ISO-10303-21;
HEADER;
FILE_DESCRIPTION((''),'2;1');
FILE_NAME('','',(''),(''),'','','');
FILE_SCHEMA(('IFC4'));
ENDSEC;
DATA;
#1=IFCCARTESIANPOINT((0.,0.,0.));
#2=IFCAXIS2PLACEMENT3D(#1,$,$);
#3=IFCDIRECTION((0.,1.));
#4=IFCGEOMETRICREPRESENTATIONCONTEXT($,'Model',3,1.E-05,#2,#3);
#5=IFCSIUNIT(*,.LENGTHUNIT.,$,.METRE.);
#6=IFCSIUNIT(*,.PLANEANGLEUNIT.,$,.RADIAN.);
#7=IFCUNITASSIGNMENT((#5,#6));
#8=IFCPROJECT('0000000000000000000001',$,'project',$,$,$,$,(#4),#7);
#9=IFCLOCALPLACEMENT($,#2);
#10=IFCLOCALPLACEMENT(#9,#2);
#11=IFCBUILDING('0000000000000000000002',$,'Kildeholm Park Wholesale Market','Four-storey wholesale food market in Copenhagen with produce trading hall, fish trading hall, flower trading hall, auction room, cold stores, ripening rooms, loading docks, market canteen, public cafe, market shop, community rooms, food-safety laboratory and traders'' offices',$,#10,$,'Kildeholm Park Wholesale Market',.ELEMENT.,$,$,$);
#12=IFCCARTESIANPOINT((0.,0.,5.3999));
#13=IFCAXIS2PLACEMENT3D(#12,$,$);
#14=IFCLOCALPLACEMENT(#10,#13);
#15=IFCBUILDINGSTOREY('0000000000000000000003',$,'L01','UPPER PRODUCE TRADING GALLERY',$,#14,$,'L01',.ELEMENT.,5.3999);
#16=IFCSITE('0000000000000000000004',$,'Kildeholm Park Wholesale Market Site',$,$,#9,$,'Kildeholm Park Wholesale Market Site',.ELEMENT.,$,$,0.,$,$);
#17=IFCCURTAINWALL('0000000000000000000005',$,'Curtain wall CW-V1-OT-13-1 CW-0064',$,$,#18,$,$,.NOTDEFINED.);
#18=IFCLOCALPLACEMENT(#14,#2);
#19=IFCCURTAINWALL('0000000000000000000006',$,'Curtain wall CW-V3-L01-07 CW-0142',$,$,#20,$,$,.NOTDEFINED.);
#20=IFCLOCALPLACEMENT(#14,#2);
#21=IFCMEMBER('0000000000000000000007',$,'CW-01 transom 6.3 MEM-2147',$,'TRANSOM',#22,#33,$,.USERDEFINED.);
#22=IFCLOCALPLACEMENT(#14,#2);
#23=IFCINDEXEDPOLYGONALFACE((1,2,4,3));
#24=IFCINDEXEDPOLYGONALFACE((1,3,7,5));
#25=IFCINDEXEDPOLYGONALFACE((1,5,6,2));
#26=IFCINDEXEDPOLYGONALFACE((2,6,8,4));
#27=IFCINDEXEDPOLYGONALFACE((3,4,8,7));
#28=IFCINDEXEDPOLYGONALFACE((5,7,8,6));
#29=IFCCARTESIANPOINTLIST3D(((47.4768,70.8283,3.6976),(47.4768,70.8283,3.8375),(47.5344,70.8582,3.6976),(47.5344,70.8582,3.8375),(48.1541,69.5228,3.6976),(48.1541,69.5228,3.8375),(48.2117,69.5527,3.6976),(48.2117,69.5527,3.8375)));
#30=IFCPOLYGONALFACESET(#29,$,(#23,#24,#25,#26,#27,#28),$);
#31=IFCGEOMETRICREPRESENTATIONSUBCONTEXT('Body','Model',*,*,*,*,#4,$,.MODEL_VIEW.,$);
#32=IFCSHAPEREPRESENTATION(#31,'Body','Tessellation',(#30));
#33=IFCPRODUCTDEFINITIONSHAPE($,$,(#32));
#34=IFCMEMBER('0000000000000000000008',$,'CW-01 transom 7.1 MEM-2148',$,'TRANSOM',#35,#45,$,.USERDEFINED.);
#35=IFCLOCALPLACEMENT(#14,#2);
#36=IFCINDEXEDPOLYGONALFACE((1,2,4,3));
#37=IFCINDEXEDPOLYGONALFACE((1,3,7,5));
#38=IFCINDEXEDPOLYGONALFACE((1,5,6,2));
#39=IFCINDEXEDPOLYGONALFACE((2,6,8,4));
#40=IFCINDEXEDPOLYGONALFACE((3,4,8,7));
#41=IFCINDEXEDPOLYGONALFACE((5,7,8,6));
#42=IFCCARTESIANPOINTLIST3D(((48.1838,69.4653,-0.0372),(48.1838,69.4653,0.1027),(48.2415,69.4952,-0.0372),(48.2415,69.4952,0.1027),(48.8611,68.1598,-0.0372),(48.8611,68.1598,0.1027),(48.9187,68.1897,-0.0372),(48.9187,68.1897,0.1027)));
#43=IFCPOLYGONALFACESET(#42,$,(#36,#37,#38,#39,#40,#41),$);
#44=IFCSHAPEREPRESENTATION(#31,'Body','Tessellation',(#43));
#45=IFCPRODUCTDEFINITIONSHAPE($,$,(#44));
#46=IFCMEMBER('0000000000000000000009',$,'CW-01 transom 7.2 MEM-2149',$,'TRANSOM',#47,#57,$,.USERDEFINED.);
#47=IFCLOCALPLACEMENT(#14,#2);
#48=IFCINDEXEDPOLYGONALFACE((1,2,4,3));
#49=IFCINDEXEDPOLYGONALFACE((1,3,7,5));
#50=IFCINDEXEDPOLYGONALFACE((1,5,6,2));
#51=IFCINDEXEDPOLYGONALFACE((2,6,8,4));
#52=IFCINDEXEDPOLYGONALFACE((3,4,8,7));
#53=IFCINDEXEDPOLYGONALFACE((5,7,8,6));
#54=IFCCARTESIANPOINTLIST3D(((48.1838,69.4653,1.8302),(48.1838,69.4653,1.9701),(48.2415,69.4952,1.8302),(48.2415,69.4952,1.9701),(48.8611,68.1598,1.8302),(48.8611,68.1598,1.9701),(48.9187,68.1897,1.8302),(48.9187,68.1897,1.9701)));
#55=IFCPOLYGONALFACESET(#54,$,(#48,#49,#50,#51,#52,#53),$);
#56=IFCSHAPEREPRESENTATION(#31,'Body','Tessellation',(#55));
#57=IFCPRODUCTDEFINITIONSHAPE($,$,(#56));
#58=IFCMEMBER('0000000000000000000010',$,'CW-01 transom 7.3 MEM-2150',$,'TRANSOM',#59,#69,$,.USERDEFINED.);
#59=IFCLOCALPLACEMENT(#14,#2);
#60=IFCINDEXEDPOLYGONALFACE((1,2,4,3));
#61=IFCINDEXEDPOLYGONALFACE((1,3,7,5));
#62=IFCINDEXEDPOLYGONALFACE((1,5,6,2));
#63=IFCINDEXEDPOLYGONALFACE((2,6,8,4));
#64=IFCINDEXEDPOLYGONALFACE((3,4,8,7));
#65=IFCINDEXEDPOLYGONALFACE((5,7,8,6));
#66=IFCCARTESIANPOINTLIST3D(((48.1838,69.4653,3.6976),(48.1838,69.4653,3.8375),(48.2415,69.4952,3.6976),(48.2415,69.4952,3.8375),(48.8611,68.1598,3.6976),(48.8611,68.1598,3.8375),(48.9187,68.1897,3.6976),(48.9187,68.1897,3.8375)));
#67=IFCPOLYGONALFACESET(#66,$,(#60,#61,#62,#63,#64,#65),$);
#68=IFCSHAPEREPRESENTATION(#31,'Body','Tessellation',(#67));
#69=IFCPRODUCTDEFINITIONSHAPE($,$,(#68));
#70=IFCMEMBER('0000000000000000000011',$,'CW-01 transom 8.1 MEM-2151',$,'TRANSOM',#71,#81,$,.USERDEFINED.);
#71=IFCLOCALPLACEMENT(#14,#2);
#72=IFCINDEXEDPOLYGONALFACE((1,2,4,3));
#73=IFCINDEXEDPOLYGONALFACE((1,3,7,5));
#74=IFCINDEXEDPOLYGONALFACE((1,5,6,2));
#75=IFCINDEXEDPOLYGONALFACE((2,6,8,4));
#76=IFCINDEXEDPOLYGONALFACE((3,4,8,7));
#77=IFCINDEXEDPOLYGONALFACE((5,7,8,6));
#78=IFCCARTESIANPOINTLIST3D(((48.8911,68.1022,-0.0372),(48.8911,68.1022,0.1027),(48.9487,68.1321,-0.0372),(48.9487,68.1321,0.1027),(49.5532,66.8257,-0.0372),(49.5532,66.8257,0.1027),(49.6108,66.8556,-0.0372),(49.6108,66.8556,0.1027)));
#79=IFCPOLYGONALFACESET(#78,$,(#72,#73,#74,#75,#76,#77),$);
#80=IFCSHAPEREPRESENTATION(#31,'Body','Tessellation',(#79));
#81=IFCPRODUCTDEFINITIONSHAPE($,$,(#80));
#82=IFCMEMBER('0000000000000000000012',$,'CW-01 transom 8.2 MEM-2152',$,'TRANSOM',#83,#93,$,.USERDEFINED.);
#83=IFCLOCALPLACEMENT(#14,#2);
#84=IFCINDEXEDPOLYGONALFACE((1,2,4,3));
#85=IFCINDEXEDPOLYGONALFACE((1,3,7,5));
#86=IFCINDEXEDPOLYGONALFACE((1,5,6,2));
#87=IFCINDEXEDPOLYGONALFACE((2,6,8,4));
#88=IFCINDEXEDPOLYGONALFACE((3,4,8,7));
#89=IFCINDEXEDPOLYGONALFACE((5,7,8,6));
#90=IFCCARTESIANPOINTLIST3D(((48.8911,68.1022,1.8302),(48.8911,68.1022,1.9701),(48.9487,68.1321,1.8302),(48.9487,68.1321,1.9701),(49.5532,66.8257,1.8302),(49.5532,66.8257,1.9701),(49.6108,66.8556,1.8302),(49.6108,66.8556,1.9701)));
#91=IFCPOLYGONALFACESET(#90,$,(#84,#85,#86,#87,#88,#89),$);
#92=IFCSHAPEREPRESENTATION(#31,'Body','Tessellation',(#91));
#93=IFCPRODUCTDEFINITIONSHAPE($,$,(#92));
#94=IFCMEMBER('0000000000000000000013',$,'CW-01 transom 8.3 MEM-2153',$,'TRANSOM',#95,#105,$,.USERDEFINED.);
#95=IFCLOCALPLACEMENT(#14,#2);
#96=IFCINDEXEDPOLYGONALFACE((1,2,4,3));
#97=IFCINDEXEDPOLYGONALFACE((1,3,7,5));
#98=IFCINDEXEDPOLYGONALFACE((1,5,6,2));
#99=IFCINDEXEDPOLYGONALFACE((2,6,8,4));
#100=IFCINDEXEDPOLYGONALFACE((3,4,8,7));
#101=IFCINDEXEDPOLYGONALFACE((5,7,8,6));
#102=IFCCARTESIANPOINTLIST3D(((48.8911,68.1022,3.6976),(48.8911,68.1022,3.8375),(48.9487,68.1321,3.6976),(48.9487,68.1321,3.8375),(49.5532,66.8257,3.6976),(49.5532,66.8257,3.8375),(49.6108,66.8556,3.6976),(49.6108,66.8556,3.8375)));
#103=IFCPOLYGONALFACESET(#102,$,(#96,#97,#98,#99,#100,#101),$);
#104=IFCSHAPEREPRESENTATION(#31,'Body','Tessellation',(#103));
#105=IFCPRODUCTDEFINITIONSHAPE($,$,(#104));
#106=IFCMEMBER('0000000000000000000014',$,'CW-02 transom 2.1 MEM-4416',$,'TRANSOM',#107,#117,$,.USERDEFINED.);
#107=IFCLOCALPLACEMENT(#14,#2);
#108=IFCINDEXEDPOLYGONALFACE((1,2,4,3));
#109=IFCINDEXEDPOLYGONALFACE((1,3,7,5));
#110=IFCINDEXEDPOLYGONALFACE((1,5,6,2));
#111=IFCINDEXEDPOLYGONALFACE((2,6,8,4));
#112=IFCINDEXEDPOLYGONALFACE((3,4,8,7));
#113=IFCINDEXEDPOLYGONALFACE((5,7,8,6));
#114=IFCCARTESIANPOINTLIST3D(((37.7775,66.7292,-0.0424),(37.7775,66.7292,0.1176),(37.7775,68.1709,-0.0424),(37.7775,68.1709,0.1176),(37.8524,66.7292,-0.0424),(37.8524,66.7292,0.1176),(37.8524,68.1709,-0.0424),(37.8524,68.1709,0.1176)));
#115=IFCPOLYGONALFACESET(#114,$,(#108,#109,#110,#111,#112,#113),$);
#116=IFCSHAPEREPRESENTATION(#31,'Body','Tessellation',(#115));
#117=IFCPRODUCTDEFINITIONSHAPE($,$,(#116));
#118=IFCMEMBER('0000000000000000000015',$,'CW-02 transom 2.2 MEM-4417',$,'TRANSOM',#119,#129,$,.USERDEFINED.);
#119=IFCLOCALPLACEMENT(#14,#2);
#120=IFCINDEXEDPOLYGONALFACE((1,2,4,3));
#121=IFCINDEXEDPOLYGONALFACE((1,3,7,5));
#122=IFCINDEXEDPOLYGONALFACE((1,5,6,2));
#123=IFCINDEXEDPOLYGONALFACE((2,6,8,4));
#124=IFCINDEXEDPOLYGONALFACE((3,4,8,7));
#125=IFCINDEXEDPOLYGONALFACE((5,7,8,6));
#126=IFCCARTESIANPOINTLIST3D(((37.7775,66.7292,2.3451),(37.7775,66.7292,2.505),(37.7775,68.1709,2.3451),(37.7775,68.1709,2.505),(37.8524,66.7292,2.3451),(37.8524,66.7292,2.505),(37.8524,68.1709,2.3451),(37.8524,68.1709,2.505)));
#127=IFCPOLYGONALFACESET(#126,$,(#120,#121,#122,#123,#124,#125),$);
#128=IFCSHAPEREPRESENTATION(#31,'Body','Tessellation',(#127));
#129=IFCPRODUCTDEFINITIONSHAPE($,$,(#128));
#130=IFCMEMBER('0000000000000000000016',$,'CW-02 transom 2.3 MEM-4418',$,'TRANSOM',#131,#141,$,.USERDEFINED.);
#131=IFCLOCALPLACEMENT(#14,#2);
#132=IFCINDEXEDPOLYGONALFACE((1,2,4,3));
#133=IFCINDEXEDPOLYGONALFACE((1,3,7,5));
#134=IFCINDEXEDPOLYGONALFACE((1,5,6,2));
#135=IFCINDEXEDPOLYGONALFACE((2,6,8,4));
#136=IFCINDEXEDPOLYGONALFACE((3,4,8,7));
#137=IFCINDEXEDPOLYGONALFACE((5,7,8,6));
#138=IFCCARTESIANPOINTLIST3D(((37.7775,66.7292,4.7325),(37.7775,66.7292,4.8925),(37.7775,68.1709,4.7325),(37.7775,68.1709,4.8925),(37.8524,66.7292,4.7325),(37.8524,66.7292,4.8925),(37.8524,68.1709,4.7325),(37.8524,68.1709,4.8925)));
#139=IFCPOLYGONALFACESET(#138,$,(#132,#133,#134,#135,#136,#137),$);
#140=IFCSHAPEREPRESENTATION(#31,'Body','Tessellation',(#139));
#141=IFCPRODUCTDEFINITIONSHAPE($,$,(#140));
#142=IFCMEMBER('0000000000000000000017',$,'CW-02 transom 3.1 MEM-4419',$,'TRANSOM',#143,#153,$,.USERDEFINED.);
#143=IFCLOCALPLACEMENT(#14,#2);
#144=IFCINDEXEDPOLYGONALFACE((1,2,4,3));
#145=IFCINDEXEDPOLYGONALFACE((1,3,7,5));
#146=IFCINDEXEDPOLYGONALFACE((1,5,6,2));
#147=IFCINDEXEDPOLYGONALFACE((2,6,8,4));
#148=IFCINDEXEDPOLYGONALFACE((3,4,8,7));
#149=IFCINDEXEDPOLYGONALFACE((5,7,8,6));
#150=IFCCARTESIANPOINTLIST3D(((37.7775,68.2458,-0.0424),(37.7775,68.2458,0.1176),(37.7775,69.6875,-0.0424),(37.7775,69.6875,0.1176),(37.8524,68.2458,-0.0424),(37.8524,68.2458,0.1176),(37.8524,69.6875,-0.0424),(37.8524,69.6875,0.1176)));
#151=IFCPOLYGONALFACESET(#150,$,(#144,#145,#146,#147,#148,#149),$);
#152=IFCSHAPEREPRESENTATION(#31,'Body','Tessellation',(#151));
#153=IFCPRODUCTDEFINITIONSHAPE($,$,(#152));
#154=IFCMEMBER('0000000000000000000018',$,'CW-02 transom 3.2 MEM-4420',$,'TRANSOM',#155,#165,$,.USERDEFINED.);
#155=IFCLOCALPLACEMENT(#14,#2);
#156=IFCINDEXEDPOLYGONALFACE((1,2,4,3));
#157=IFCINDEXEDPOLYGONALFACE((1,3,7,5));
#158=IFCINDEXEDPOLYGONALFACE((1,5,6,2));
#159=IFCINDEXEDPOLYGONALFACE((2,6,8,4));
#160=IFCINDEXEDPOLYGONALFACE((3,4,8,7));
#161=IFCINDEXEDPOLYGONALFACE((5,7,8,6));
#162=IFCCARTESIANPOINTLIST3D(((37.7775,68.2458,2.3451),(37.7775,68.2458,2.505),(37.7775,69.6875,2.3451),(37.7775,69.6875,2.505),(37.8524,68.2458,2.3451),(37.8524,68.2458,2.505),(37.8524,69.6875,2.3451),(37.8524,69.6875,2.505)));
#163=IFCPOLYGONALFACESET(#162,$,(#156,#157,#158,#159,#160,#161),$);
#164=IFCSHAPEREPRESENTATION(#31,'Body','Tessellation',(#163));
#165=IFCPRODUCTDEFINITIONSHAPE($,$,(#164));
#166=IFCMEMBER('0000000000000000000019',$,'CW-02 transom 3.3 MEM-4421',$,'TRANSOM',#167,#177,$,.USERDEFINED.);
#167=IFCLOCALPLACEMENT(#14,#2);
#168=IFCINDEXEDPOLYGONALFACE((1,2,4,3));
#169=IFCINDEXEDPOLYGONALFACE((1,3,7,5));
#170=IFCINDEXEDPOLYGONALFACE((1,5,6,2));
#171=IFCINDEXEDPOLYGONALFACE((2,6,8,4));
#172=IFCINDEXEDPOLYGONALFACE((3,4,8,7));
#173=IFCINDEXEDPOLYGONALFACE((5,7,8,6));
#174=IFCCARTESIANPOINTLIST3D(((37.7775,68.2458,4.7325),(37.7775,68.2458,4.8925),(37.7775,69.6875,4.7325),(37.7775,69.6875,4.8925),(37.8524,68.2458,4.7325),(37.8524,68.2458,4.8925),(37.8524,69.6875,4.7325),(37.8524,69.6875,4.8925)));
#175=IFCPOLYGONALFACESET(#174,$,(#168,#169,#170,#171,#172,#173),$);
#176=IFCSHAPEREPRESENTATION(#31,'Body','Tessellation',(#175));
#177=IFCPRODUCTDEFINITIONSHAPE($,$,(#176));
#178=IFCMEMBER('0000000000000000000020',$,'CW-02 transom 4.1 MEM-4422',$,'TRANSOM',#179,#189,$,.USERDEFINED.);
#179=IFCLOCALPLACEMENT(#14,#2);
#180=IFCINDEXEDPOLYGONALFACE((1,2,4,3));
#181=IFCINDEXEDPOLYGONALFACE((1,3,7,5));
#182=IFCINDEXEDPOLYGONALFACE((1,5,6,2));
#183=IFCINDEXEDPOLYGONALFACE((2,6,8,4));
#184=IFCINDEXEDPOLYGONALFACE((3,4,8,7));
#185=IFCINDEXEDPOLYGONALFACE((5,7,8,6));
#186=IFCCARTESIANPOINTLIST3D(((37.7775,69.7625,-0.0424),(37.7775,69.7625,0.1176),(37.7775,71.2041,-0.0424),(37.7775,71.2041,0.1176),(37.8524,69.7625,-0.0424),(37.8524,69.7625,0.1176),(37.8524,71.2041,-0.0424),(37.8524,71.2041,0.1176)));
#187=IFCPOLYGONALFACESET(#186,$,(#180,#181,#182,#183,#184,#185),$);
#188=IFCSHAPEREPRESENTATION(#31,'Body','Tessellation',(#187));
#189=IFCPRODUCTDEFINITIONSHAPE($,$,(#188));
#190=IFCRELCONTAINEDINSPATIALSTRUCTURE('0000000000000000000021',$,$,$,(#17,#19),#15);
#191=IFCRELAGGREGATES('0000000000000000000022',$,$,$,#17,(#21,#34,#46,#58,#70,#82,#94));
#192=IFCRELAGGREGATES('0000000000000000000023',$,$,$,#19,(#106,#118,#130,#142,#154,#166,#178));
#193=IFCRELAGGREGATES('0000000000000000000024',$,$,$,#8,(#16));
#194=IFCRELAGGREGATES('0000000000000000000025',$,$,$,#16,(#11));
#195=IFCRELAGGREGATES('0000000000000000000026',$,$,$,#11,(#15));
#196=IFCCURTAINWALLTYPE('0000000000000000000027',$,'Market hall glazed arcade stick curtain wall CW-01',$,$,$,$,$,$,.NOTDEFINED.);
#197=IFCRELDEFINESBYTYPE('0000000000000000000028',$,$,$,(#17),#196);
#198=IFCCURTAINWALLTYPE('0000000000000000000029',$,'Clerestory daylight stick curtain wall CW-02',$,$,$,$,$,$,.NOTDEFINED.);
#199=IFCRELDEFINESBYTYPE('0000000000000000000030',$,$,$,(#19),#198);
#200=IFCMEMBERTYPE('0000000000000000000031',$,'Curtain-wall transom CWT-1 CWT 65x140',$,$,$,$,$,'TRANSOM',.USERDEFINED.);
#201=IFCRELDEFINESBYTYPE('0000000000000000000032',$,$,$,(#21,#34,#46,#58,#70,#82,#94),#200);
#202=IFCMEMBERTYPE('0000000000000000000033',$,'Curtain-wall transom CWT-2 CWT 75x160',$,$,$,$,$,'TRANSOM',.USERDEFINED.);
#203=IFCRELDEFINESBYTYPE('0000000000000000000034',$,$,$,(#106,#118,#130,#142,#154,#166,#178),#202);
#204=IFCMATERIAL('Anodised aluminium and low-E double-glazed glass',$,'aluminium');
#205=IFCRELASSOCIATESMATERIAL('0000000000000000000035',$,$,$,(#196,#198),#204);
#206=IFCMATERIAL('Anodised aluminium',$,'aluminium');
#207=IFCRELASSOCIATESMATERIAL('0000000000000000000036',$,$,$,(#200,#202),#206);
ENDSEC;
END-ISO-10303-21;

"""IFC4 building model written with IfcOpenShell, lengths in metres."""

from ifc_helpers import new_model, si_unit, direction, frame, origin, origin_2d, place, context, subcontext, project, spatial, rectangle, extrude, material, material_profile, profile_set, type_object, element, aggregate, save


model = new_model("IFC4")

# Units and contexts
model_context = context("Model", 3, precision=1e-05, world=origin(), true_north=direction((0.0, 1.0)))
body_context = subcontext(model_context, "Body", "Model", "MODEL_VIEW")
ifc_project = project(units=[si_unit("LENGTHUNIT", "METRE"), si_unit("PLANEANGLEUNIT", "RADIAN")], contexts=[model_context])

# Site, building, storey
site_placement = place(None, origin())
site = spatial("IfcSite", under=ifc_project, at=site_placement, Name="Kildeholm Park Wholesale Market Site", LongName="Kildeholm Park Wholesale Market Site", CompositionType="ELEMENT", RefElevation=0.0)
building_placement = place(site_placement, origin())
building = spatial("IfcBuilding", under=site, at=building_placement, Name="Kildeholm Park Wholesale Market", Description="Four-storey wholesale food market in Copenhagen with produce trading hall, fish trading hall, flower trading hall, auction room, cold stores, ripening rooms, loading docks, market canteen, public cafe, market shop, community rooms, food-safety laboratory and traders' offices", LongName="Kildeholm Park Wholesale Market", CompositionType="ELEMENT")
storey_placement = place(building_placement, frame((0.0, 0.0, 5.3999)))
storey = spatial("IfcBuildingStorey", under=building, at=storey_placement, Name="L01", Description="UPPER PRODUCE TRADING GALLERY", LongName="L01", CompositionType="ELEMENT", Elevation=5.3999)

# Curtain walls
ifc_material_1 = material(Name="Anodised aluminium and low-E double-glazed glass", Category="aluminium")
curtain_wall_type_1 = type_object("IfcCurtainWallType", Name="Market hall glazed arcade stick curtain wall CW-01", PredefinedType="NOTDEFINED", material=ifc_material_1)
curtain_wall_1_placement = place(storey_placement, origin())
curtain_wall_1 = element("IfcCurtainWall", 1, at=curtain_wall_1_placement, inside=storey, type_object=curtain_wall_type_1, Name="Curtain wall CW-V1-OT-13-1 CW-0064", PredefinedType="NOTDEFINED")
ifc_material_2 = material(Name="Anodised aluminium", Category="aluminium")
curtain_wall_type_2 = type_object("IfcCurtainWallType", Name="Clerestory daylight stick curtain wall CW-02", PredefinedType="NOTDEFINED", material=ifc_material_1)
curtain_wall_2_placement = place(storey_placement, origin())
curtain_wall_2 = element("IfcCurtainWall", 2, at=curtain_wall_2_placement, inside=storey, type_object=curtain_wall_type_2, Name="Curtain wall CW-V3-L01-07 CW-0142", PredefinedType="NOTDEFINED")

# Members
ifc_material_profile_1 = material_profile(ifc_material_2, rectangle(XDim=0.0649, YDim=0.1399, at=origin_2d()), Name="CWT 65x140")
ifc_profile_set_1 = profile_set([ifc_material_profile_1], Name="Anodised aluminium")
member_type_1 = type_object("IfcMemberType", Name="Curtain-wall transom CWT-1 CWT 65x140", ElementType="TRANSOM", PredefinedType="USERDEFINED", material=ifc_profile_set_1)
member_1_placement = place(storey_placement, frame((47.5056, 70.8433, 3.7676), z_axis=(0.460511, -0.887654, 0.0), x_axis=(0.887654, 0.460511, 0.0)))
member_1 = element("IfcMember", 3, at=member_1_placement, type_object=member_type_1, Name="CW-01 transom 6.3 MEM-2147", ObjectType="TRANSOM", PredefinedType="USERDEFINED", context=body_context, shape_type="SweptSolid", body=[
    extrude(rectangle(XDim=0.0649, YDim=0.1399, at=origin_2d()), origin(), (0.0, 0.0, 1.0), 1.4707),
])
member_2_placement = place(storey_placement, frame((48.2126, 69.4802, 0.0327), z_axis=(0.460511, -0.887654, 0.0), x_axis=(0.887654, 0.460511, 0.0)))
member_2 = element("IfcMember", 4, at=member_2_placement, type_object=member_type_1, Name="CW-01 transom 7.1 MEM-2148", ObjectType="TRANSOM", PredefinedType="USERDEFINED", context=body_context, shape_type="SweptSolid", body=[
    extrude(rectangle(XDim=0.0649, YDim=0.1399, at=origin_2d()), origin(), (0.0, 0.0, 1.0), 1.4707),
])
member_3_placement = place(storey_placement, frame((48.2126, 69.4802, 1.9001), z_axis=(0.460511, -0.887654, 0.0), x_axis=(0.887654, 0.460511, 0.0)))
member_3 = element("IfcMember", 5, at=member_3_placement, type_object=member_type_1, Name="CW-01 transom 7.2 MEM-2149", ObjectType="TRANSOM", PredefinedType="USERDEFINED", context=body_context, shape_type="SweptSolid", body=[
    extrude(rectangle(XDim=0.0649, YDim=0.1399, at=origin_2d()), origin(), (0.0, 0.0, 1.0), 1.4707),
])
member_4_placement = place(storey_placement, frame((48.2126, 69.4802, 3.7676), z_axis=(0.460511, -0.887654, 0.0), x_axis=(0.887654, 0.460511, 0.0)))
member_4 = element("IfcMember", 6, at=member_4_placement, type_object=member_type_1, Name="CW-01 transom 7.3 MEM-2150", ObjectType="TRANSOM", PredefinedType="USERDEFINED", context=body_context, shape_type="SweptSolid", body=[
    extrude(rectangle(XDim=0.0649, YDim=0.1399, at=origin_2d()), origin(), (0.0, 0.0, 1.0), 1.4707),
])
member_5_placement = place(storey_placement, frame((48.9199, 68.1172, 0.0327), z_axis=(0.460406, -0.887708, 0.0), x_axis=(0.887708, 0.460406, 0.0)))
member_5 = element("IfcMember", 7, at=member_5_placement, type_object=member_type_1, Name="CW-01 transom 8.1 MEM-2151", ObjectType="TRANSOM", PredefinedType="USERDEFINED", context=body_context, shape_type="SweptSolid", body=[
    extrude(rectangle(XDim=0.0649, YDim=0.1399, at=origin_2d()), origin(), (0.0, 0.0, 1.0), 1.438),
])
member_6_placement = place(storey_placement, frame((48.9199, 68.1172, 1.9001), z_axis=(0.460406, -0.887708, 0.0), x_axis=(0.887708, 0.460406, 0.0)))
member_6 = element("IfcMember", 8, at=member_6_placement, type_object=member_type_1, Name="CW-01 transom 8.2 MEM-2152", ObjectType="TRANSOM", PredefinedType="USERDEFINED", context=body_context, shape_type="SweptSolid", body=[
    extrude(rectangle(XDim=0.0649, YDim=0.1399, at=origin_2d()), origin(), (0.0, 0.0, 1.0), 1.438),
])
member_7_placement = place(storey_placement, frame((48.9199, 68.1172, 3.7676), z_axis=(0.460406, -0.887708, 0.0), x_axis=(0.887708, 0.460406, 0.0)))
member_7 = element("IfcMember", 9, at=member_7_placement, type_object=member_type_1, Name="CW-01 transom 8.3 MEM-2153", ObjectType="TRANSOM", PredefinedType="USERDEFINED", context=body_context, shape_type="SweptSolid", body=[
    extrude(rectangle(XDim=0.0649, YDim=0.1399, at=origin_2d()), origin(), (0.0, 0.0, 1.0), 1.438),
])
ifc_material_profile_2 = material_profile(ifc_material_2, rectangle(XDim=0.075, YDim=0.1599, at=origin_2d()), Name="CWT 75x160")
ifc_profile_set_2 = profile_set([ifc_material_profile_2], Name="Anodised aluminium")
member_type_2 = type_object("IfcMemberType", Name="Curtain-wall transom CWT-2 CWT 75x160", ElementType="TRANSOM", PredefinedType="USERDEFINED", material=ifc_profile_set_2)
member_8_placement = place(storey_placement, frame((37.8149, 66.7292, 0.0376), z_axis=(0.0, 1.0, 0.0), x_axis=(-1.0, 0.0, 0.0)))
member_8 = element("IfcMember", 10, at=member_8_placement, type_object=member_type_2, Name="CW-02 transom 2.1 MEM-4416", ObjectType="TRANSOM", PredefinedType="USERDEFINED", context=body_context, shape_type="SweptSolid", body=[
    extrude(rectangle(XDim=0.075, YDim=0.1599, at=origin_2d()), origin(), (0.0, 0.0, 1.0), 1.4417),
])
member_9_placement = place(storey_placement, frame((37.8149, 66.7292, 2.425), z_axis=(0.0, 1.0, 0.0), x_axis=(-1.0, 0.0, 0.0)))
member_9 = element("IfcMember", 11, at=member_9_placement, type_object=member_type_2, Name="CW-02 transom 2.2 MEM-4417", ObjectType="TRANSOM", PredefinedType="USERDEFINED", context=body_context, shape_type="SweptSolid", body=[
    extrude(rectangle(XDim=0.075, YDim=0.1599, at=origin_2d()), origin(), (0.0, 0.0, 1.0), 1.4417),
])
member_10_placement = place(storey_placement, frame((37.8149, 66.7292, 4.8125), z_axis=(0.0, 1.0, 0.0), x_axis=(-1.0, 0.0, 0.0)))
member_10 = element("IfcMember", 12, at=member_10_placement, type_object=member_type_2, Name="CW-02 transom 2.3 MEM-4418", ObjectType="TRANSOM", PredefinedType="USERDEFINED", context=body_context, shape_type="SweptSolid", body=[
    extrude(rectangle(XDim=0.075, YDim=0.1599, at=origin_2d()), origin(), (0.0, 0.0, 1.0), 1.4417),
])
member_11_placement = place(storey_placement, frame((37.8149, 68.2458, 0.0376), z_axis=(0.0, 1.0, 0.0), x_axis=(-1.0, 0.0, 0.0)))
member_11 = element("IfcMember", 13, at=member_11_placement, type_object=member_type_2, Name="CW-02 transom 3.1 MEM-4419", ObjectType="TRANSOM", PredefinedType="USERDEFINED", context=body_context, shape_type="SweptSolid", body=[
    extrude(rectangle(XDim=0.075, YDim=0.1599, at=origin_2d()), origin(), (0.0, 0.0, 1.0), 1.4417),
])
member_12_placement = place(storey_placement, frame((37.8149, 68.2458, 2.425), z_axis=(0.0, 1.0, 0.0), x_axis=(-1.0, 0.0, 0.0)))
member_12 = element("IfcMember", 14, at=member_12_placement, type_object=member_type_2, Name="CW-02 transom 3.2 MEM-4420", ObjectType="TRANSOM", PredefinedType="USERDEFINED", context=body_context, shape_type="SweptSolid", body=[
    extrude(rectangle(XDim=0.075, YDim=0.1599, at=origin_2d()), origin(), (0.0, 0.0, 1.0), 1.4417),
])
member_13_placement = place(storey_placement, frame((37.8149, 68.2458, 4.8125), z_axis=(0.0, 1.0, 0.0), x_axis=(-1.0, 0.0, 0.0)))
member_13 = element("IfcMember", 15, at=member_13_placement, type_object=member_type_2, Name="CW-02 transom 3.3 MEM-4421", ObjectType="TRANSOM", PredefinedType="USERDEFINED", context=body_context, shape_type="SweptSolid", body=[
    extrude(rectangle(XDim=0.075, YDim=0.1599, at=origin_2d()), origin(), (0.0, 0.0, 1.0), 1.4417),
])
member_14_placement = place(storey_placement, frame((37.8149, 69.7625, 0.0376), z_axis=(0.0, 1.0, 0.0), x_axis=(-1.0, 0.0, 0.0)))
member_14 = element("IfcMember", 16, at=member_14_placement, type_object=member_type_2, Name="CW-02 transom 4.1 MEM-4422", ObjectType="TRANSOM", PredefinedType="USERDEFINED", context=body_context, shape_type="SweptSolid", body=[
    extrude(rectangle(XDim=0.075, YDim=0.1599, at=origin_2d()), origin(), (0.0, 0.0, 1.0), 1.4417),
])

aggregate(curtain_wall_1, [member_1, member_2, member_3, member_4, member_5, member_6, member_7])
aggregate(curtain_wall_2, [member_8, member_9, member_10, member_11, member_12, member_13, member_14])

save(model, "model.ifc")
